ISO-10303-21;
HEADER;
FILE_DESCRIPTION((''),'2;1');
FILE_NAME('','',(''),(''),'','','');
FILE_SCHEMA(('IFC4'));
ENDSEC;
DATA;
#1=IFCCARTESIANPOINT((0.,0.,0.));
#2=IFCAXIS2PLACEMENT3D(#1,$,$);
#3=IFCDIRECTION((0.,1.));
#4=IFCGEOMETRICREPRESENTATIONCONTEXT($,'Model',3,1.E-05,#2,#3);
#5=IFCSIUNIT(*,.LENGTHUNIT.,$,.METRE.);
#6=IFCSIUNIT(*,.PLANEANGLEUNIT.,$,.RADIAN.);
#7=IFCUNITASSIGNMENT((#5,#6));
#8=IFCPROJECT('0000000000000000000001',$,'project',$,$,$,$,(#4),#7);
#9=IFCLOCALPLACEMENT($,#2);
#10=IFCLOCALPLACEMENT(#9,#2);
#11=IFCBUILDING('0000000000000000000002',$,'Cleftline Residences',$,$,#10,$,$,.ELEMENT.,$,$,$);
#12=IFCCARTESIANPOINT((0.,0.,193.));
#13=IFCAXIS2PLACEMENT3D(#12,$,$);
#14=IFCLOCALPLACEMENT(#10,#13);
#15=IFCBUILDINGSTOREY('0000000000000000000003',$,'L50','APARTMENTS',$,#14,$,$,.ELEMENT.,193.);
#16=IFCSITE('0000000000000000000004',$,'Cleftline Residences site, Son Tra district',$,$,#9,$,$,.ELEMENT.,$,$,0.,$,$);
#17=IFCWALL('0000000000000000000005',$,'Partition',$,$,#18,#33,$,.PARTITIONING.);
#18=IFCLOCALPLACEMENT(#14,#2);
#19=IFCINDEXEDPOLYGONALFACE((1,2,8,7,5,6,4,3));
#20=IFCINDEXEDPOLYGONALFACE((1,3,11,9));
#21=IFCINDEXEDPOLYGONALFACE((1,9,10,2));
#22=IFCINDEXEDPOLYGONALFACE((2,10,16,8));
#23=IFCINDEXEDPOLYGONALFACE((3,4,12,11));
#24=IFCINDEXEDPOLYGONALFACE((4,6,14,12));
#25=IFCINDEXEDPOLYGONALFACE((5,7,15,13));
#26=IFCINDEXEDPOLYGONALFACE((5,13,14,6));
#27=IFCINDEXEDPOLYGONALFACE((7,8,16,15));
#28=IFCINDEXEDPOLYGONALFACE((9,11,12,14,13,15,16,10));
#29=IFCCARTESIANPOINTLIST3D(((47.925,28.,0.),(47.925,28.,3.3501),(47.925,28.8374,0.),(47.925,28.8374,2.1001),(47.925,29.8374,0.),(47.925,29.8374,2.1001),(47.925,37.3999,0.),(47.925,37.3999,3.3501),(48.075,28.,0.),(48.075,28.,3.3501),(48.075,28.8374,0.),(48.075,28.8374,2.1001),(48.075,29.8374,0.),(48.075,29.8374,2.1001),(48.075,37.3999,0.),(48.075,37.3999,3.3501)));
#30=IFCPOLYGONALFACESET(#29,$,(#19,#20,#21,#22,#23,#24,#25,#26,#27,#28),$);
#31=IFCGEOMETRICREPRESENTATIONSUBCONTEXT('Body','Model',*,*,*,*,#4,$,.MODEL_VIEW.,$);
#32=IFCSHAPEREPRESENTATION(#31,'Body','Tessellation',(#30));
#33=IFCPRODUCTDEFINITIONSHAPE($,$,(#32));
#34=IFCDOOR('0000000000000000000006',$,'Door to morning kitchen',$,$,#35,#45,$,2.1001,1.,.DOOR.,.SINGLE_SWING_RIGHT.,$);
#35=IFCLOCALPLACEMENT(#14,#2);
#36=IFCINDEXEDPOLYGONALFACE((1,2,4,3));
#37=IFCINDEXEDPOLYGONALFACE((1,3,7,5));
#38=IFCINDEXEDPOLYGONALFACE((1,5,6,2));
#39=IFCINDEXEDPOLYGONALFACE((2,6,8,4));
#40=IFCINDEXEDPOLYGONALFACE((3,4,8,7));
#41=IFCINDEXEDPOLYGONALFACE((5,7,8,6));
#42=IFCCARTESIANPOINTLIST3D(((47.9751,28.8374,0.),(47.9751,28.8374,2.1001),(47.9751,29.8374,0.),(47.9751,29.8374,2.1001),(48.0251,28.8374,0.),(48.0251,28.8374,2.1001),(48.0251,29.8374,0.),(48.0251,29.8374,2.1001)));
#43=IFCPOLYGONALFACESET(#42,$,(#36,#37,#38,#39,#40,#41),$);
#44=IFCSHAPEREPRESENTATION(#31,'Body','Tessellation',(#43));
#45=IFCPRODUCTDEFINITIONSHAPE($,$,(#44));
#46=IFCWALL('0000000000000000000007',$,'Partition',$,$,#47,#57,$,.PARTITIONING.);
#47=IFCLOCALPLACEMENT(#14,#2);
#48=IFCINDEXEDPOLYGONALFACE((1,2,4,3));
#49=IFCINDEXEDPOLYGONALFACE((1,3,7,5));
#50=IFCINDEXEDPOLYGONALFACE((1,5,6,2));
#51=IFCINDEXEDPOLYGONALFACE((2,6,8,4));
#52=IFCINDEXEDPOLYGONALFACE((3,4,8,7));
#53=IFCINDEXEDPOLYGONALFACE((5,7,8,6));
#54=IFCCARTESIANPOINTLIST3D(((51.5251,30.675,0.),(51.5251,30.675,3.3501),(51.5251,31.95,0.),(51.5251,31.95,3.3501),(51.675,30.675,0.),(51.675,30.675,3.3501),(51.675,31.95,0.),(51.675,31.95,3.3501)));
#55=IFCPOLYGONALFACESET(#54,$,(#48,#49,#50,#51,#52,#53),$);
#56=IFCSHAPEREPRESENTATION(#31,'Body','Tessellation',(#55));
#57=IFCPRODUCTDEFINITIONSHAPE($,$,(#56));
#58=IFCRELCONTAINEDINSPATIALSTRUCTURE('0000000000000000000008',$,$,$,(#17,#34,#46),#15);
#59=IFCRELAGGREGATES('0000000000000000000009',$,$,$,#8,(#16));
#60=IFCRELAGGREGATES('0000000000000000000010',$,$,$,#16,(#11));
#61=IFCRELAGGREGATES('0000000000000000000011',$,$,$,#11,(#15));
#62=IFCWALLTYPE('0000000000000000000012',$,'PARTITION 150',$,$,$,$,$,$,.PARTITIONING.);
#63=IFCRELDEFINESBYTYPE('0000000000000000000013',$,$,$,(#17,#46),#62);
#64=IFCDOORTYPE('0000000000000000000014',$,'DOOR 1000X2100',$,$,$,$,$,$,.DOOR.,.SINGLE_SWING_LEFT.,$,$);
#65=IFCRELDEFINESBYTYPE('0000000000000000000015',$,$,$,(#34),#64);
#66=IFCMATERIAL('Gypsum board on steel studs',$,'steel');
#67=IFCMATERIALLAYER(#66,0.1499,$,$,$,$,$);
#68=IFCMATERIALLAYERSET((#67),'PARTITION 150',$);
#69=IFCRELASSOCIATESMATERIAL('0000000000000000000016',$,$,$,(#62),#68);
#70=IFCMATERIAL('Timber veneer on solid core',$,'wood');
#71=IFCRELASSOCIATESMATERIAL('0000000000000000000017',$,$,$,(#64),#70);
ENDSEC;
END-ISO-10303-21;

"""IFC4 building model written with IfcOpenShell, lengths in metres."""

from ifc_helpers import new_model, si_unit, direction, frame, frame_2d, origin, place, context, subcontext, project, spatial, rectangle, extrude, material, layer, layer_set, type_object, element, fill, save


model = new_model("IFC4")

# Units and contexts
model_context = context("Model", 3, precision=1e-05, world=origin(), true_north=direction((0.0, 1.0)))
body_context = subcontext(model_context, "Body", "Model", "MODEL_VIEW")
ifc_project = project(units=[si_unit("LENGTHUNIT", "METRE"), si_unit("PLANEANGLEUNIT", "RADIAN")], contexts=[model_context])

# Site, building, storey
site_placement = place(None, origin())
site = spatial("IfcSite", under=ifc_project, at=site_placement, Name="Cleftline Residences site, Son Tra district", CompositionType="ELEMENT", RefElevation=0.0)
building_placement = place(site_placement, origin())
building = spatial("IfcBuilding", under=site, at=building_placement, Name="Cleftline Residences", CompositionType="ELEMENT")
storey_placement = place(building_placement, frame((0.0, 0.0, 193.0)))
storey = spatial("IfcBuildingStorey", under=building, at=storey_placement, Name="L50", Description="APARTMENTS", CompositionType="ELEMENT", Elevation=193.0)

# Shared definitions
ifc_material_1 = material(Name="Gypsum board on steel studs", Category="steel")
ifc_layer_1 = layer(ifc_material_1, 0.1499)
ifc_layer_set_1 = layer_set([ifc_layer_1], Name="PARTITION 150")
wall_type_1 = type_object("IfcWallType", Name="PARTITION 150", PredefinedType="PARTITIONING", material=ifc_layer_set_1)
ifc_material_2 = material(Name="Timber veneer on solid core", Category="wood")
door_type_1 = type_object("IfcDoorType", Name="DOOR 1000X2100", OperationType="SINGLE_SWING_LEFT", PredefinedType="DOOR", material=ifc_material_2)

# Wall, opening, door
wall_1_placement = place(storey_placement, frame((48.0, 28.0, 0.0), z_axis=(0.0, 0.0, 1.0), x_axis=(0.0, 1.0, 0.0)))
wall_1 = element("IfcWall", 1, at=wall_1_placement, inside=storey, type_object=wall_type_1, Name="Partition", PredefinedType="PARTITIONING", context=body_context, shape_type="SweptSolid", body=[
    extrude(rectangle(XDim=9.3999, YDim=0.1499, at=frame_2d((4.7, 0.0))), origin(), (0.0, 0.0, 1.0), 3.3501),
])
opening_1_placement = place(wall_1_placement, frame((0.8374, 0.0, 0.0)))
opening_1 = element("IfcOpeningElement", 2, at=opening_1_placement, cuts=wall_1, PredefinedType="OPENING", context=body_context, shape_type="SweptSolid", body=[
    extrude(rectangle(XDim=1.0, YDim=2.1001, at=frame_2d((0.5, 1.05))), frame((0.0, 0.085, 0.0), z_axis=(0.0, -1.0, 0.0), x_axis=(1.0, 0.0, 0.0)), (0.0, 0.0, 1.0), 0.1699),
])
door_1_placement = place(opening_1_placement, origin())
door_1 = element("IfcDoor", 3, at=door_1_placement, inside=storey, type_object=door_type_1, Name="Door to morning kitchen", OperationType="SINGLE_SWING_RIGHT", OverallHeight=2.1001, OverallWidth=1.0, PredefinedType="DOOR", context=body_context, shape_type="SweptSolid", body=[
    extrude(rectangle(XDim=1.0, YDim=2.1001, at=frame_2d((0.5, 1.05))), frame((0.0, 0.0249, 0.0), z_axis=(0.0, -1.0, 0.0), x_axis=(1.0, 0.0, 0.0)), (0.0, 0.0, 1.0), 0.05),
])
fill(opening_1, door_1)

# Wall
wall_2_placement = place(storey_placement, frame((51.6001, 30.675, 0.0), z_axis=(0.0, 0.0, 1.0), x_axis=(0.0, 1.0, 0.0)))
element("IfcWall", 4, at=wall_2_placement, inside=storey, type_object=wall_type_1, Name="Partition", PredefinedType="PARTITIONING", context=body_context, shape_type="SweptSolid", body=[
    extrude(rectangle(XDim=1.2749, YDim=0.1499, at=frame_2d((0.6375, 0.0))), origin(), (0.0, 0.0, 1.0), 3.3501),
])

save(model, "model.ifc")
